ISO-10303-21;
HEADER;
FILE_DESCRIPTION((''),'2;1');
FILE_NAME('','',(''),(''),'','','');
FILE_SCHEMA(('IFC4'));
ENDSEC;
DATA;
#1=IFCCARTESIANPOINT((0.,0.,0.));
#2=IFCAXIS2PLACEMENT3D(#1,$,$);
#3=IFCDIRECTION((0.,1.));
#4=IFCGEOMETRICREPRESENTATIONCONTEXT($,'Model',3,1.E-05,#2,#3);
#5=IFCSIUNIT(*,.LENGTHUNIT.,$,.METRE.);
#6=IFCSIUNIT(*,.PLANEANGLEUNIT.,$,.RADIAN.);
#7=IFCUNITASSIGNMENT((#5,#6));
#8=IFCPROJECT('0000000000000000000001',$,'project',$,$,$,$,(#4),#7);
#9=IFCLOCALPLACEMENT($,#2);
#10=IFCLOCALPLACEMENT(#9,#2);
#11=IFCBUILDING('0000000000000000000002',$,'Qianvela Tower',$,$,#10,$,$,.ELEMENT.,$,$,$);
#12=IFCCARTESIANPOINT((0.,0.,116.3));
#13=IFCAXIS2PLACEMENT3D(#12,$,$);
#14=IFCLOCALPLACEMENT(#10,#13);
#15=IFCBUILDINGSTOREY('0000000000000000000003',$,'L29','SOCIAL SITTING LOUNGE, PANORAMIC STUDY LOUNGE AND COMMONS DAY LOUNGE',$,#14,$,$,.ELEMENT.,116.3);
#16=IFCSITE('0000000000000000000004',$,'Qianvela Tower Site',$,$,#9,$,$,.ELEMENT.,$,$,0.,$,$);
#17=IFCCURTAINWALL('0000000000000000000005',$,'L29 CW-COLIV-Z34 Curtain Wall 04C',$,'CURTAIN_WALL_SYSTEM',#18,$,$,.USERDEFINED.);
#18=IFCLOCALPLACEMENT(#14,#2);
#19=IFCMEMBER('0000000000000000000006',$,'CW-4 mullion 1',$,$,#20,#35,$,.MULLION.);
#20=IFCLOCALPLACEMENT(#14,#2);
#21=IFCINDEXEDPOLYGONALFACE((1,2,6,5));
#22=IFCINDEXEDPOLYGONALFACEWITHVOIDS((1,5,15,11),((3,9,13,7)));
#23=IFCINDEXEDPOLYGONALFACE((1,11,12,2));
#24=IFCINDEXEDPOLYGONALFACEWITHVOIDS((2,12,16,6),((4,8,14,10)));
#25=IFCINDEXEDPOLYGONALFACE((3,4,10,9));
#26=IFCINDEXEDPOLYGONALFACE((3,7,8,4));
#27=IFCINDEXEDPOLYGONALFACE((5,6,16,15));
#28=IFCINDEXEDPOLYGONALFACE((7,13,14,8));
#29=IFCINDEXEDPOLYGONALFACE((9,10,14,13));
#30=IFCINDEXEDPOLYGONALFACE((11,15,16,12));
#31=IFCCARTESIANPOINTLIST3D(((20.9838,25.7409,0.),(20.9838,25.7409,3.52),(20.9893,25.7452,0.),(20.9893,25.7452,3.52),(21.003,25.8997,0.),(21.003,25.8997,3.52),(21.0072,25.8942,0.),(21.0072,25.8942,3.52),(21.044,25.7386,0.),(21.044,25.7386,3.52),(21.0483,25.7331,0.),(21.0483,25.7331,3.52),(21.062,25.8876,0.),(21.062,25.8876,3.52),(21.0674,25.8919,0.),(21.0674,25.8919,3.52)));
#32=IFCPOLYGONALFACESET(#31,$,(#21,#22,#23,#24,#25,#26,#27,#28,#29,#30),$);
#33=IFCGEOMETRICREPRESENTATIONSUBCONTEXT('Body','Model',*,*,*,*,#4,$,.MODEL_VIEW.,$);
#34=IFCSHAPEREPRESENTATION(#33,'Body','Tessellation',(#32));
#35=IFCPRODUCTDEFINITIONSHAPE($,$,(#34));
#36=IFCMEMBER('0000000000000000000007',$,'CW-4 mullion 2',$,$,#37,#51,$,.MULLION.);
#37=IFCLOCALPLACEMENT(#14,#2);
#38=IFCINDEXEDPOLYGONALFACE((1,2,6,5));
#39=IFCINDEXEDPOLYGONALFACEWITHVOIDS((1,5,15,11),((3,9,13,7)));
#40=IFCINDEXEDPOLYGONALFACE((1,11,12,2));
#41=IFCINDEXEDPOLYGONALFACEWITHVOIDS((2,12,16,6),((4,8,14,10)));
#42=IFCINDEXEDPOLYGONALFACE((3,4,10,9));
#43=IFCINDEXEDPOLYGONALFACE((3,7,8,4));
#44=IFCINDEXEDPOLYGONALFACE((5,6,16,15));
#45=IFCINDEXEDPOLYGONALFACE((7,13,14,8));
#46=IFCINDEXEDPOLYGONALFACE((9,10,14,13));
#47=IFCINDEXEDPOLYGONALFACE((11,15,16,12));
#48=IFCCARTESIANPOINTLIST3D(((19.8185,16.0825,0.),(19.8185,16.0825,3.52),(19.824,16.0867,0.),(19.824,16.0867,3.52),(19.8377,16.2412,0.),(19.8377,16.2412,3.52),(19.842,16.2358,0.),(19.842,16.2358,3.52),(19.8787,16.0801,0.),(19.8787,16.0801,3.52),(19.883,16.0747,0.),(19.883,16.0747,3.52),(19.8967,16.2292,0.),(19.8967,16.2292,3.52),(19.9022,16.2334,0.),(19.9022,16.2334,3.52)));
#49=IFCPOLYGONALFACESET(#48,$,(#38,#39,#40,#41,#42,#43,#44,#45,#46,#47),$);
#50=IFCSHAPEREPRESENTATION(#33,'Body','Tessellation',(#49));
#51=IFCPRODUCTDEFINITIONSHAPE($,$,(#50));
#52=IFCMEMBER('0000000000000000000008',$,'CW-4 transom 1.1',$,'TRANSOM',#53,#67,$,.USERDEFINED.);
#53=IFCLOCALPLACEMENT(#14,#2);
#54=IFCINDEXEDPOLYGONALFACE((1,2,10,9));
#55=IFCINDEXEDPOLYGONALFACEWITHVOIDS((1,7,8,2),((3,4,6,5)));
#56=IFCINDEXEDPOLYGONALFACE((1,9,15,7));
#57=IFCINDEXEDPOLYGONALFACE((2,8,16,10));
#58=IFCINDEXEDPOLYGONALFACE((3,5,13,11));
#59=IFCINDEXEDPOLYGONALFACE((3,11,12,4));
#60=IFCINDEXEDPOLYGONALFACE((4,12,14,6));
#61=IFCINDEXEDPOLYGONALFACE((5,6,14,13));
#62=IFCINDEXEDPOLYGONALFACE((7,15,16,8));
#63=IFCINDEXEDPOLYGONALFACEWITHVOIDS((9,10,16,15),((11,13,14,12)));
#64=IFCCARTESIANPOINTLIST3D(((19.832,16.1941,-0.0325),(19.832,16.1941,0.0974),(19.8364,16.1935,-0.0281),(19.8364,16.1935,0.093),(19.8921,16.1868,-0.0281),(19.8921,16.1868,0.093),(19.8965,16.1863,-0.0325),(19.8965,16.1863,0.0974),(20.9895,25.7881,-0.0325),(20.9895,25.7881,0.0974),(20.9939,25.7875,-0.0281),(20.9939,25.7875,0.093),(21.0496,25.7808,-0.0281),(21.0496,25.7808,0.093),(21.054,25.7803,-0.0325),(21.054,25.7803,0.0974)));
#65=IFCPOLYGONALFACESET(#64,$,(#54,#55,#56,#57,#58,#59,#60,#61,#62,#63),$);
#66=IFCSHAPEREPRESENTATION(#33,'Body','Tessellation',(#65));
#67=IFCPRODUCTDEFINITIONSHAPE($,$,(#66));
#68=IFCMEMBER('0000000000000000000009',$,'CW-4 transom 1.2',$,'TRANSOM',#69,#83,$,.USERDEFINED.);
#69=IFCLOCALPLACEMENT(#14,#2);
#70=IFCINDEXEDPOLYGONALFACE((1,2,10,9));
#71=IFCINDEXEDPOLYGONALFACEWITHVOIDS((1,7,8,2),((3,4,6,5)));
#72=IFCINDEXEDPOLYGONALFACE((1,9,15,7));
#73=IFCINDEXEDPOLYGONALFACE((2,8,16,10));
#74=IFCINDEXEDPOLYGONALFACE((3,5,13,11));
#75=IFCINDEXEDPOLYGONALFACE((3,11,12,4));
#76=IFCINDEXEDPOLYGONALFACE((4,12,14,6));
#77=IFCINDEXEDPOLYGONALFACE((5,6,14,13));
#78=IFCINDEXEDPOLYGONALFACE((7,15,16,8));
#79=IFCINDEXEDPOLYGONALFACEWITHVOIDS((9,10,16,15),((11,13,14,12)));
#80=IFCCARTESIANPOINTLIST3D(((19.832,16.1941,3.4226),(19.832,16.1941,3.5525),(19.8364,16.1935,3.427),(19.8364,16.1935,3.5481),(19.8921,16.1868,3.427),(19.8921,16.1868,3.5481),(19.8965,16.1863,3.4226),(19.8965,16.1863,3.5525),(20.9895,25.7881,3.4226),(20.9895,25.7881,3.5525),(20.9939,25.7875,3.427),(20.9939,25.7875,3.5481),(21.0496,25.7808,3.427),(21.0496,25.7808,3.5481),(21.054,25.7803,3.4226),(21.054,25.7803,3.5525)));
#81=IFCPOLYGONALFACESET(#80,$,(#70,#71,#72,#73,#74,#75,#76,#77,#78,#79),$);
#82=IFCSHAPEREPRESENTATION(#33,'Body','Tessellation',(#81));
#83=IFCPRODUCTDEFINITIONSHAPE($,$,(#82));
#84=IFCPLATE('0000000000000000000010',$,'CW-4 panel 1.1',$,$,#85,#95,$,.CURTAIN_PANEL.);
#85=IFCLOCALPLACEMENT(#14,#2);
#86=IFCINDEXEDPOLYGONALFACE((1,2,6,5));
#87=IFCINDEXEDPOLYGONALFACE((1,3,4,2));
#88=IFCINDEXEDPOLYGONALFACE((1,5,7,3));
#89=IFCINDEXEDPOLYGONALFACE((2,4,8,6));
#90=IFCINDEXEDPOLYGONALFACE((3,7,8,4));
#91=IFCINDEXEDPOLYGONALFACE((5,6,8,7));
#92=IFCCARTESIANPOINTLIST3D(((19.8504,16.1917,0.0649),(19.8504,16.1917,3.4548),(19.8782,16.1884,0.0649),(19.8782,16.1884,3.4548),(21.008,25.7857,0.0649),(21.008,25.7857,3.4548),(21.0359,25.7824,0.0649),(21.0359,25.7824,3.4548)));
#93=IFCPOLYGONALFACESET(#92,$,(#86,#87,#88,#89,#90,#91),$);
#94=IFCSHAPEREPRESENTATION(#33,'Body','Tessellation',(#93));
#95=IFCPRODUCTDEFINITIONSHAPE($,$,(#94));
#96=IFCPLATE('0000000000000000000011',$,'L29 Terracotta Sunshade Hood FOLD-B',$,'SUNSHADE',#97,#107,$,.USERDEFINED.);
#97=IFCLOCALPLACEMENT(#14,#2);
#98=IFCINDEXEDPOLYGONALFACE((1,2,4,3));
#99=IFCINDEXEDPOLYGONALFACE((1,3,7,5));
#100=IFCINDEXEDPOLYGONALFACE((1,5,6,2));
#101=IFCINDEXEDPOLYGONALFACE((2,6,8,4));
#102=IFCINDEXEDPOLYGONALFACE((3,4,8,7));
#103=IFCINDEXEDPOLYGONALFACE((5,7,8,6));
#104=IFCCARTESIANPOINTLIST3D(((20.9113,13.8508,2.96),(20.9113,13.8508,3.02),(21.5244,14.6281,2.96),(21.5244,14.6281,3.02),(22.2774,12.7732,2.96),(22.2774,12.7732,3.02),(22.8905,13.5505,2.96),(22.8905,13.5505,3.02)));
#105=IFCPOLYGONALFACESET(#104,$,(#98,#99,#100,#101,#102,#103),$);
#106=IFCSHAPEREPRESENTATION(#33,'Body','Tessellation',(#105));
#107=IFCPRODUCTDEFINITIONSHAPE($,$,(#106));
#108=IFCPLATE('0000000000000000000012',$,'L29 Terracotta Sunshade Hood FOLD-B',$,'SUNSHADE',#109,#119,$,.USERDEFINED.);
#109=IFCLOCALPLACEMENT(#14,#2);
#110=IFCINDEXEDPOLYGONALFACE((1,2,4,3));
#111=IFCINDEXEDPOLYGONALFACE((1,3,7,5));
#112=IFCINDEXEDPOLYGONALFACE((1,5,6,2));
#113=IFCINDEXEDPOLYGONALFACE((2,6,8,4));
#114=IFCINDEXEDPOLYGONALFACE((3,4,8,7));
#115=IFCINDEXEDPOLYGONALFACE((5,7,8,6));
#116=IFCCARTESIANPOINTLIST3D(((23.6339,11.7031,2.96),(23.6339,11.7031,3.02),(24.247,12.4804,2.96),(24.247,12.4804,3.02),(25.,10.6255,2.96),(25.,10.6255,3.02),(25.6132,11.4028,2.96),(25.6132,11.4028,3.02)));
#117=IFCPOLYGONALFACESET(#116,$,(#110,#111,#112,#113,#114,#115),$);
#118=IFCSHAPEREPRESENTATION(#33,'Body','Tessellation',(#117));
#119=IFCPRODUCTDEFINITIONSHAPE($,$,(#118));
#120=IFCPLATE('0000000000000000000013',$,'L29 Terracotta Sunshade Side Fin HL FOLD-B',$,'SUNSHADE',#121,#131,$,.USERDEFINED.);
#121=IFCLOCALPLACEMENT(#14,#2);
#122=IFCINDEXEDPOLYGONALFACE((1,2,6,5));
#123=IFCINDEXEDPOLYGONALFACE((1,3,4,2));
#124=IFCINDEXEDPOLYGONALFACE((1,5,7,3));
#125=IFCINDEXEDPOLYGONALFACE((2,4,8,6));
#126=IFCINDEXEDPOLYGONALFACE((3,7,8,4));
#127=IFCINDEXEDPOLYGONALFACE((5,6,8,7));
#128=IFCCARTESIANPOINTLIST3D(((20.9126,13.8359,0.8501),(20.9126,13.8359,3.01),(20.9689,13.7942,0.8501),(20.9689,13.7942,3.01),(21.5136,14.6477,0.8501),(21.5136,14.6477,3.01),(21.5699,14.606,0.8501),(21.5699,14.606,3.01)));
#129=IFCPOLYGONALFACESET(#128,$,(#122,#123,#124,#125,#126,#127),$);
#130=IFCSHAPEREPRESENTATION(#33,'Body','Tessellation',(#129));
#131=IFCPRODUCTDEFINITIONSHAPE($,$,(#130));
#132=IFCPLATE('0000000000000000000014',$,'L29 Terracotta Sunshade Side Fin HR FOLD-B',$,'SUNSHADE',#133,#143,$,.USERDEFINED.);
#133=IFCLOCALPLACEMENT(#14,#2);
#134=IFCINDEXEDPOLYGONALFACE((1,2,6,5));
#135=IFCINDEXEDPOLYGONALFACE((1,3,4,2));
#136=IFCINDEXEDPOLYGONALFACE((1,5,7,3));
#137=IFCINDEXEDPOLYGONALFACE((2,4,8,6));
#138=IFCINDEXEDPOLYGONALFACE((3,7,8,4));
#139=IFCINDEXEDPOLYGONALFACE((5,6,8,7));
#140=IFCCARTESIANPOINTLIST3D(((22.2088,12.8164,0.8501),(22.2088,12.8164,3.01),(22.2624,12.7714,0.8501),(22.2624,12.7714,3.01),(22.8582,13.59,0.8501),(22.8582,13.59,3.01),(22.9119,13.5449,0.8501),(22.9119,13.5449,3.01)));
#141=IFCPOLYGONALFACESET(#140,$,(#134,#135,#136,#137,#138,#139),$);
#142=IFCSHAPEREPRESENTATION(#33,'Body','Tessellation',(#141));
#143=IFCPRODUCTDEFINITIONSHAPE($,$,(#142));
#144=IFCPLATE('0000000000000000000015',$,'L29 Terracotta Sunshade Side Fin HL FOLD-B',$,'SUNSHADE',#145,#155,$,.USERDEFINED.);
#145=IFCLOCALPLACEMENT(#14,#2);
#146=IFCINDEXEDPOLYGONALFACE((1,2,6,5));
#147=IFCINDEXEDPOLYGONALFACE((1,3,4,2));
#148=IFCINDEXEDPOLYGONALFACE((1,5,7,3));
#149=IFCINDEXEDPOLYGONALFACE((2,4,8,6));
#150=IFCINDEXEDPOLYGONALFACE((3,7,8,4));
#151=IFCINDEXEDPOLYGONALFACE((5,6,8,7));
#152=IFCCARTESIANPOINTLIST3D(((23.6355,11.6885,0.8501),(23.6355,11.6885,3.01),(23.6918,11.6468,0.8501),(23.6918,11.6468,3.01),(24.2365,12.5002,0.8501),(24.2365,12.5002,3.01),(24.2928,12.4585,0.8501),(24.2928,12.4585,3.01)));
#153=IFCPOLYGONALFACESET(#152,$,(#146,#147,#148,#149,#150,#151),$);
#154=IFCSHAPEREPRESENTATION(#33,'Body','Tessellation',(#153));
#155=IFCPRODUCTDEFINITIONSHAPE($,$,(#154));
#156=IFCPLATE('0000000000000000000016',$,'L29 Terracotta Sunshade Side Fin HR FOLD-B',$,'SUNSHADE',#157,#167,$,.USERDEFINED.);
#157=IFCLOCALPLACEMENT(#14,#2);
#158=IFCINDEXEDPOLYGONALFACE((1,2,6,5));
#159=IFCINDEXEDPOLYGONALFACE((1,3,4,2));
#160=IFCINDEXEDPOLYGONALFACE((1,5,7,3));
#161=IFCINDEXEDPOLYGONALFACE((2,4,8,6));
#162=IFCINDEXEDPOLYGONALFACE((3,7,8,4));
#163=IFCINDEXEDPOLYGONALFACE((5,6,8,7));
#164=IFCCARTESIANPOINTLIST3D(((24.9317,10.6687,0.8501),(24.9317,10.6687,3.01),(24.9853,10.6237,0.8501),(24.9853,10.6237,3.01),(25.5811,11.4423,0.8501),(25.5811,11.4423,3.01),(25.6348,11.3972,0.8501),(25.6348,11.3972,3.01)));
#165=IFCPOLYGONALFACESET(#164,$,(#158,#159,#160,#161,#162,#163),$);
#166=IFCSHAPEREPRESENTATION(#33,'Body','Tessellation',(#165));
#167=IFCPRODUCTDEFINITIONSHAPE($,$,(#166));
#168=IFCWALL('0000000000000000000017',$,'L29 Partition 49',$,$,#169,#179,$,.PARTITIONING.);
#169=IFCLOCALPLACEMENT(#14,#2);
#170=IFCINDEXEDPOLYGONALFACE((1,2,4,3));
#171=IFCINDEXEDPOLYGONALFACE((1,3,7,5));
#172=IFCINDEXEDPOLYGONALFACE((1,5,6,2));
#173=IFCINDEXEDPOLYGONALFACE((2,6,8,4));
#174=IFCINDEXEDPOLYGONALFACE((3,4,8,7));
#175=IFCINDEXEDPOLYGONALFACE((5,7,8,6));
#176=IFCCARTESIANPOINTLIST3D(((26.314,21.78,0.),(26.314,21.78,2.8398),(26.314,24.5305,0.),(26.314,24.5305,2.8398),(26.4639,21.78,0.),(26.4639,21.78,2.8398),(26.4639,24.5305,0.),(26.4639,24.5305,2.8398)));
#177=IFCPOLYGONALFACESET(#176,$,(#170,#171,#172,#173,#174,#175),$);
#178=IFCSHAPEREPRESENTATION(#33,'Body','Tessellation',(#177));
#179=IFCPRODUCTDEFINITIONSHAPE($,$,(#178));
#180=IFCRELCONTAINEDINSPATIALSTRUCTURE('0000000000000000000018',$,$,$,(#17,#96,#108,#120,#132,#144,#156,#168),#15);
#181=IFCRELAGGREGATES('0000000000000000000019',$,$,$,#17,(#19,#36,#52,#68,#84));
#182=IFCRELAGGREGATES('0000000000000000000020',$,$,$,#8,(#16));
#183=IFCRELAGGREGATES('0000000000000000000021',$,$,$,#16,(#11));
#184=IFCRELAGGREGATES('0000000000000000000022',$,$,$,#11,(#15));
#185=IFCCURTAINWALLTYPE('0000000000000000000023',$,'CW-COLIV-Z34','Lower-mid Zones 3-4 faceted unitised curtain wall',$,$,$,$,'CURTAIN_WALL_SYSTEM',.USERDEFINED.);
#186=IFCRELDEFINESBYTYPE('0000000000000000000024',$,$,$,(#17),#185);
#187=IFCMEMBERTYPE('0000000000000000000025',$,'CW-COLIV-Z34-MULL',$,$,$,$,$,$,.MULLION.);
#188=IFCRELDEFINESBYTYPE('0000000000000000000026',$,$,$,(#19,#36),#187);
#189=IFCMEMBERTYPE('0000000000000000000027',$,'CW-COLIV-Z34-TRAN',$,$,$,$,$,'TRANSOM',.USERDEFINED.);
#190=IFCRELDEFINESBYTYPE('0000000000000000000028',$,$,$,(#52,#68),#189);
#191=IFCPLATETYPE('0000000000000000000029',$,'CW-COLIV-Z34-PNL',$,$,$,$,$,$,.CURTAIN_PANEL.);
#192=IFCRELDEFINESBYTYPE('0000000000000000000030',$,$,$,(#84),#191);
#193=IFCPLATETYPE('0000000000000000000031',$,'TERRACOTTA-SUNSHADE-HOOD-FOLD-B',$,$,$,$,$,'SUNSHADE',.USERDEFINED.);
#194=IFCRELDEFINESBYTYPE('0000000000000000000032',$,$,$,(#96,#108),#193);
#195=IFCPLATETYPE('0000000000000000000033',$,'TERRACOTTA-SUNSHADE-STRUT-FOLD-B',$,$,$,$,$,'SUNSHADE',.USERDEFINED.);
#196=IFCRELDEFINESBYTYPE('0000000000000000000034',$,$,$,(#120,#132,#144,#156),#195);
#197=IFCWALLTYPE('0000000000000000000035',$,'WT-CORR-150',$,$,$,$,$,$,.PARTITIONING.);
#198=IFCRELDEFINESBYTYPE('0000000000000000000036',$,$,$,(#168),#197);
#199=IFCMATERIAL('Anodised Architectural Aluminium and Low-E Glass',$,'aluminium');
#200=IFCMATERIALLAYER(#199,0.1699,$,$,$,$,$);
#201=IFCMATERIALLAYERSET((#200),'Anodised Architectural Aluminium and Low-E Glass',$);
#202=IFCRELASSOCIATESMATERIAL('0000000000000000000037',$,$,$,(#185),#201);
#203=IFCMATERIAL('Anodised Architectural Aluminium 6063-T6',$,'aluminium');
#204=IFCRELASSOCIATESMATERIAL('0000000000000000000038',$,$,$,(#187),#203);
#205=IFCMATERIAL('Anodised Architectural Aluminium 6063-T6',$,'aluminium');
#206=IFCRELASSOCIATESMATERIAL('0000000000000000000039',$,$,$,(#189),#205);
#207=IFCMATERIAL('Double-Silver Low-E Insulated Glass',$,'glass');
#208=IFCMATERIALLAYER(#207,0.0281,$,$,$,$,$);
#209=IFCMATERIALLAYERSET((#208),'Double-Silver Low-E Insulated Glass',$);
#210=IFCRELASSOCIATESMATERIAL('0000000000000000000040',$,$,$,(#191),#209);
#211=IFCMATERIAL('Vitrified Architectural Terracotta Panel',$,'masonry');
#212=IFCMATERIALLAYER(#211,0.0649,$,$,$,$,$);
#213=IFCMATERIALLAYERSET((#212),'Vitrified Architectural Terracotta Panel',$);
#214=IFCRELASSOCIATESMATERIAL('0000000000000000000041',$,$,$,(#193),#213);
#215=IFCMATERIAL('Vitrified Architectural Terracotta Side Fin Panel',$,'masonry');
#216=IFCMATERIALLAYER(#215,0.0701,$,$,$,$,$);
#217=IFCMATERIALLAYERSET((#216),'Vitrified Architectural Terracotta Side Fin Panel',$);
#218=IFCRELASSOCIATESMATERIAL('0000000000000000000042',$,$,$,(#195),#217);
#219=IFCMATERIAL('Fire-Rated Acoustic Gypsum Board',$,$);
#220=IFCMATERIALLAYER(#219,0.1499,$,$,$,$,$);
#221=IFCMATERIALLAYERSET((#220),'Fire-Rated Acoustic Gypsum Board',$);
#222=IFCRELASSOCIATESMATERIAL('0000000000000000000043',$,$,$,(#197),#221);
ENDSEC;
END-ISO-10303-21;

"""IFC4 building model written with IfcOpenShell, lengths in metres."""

from ifc_helpers import new_model, si_unit, direction, frame, frame_2d, origin, origin_2d, place, context, subcontext, project, spatial, rectangle, hollow_rectangle, extrude, material, layer, layer_set, material_profile, profile_set, type_object, element, aggregate, save


model = new_model("IFC4")

# Units and contexts
model_context = context("Model", 3, precision=1e-05, world=origin(), true_north=direction((0.0, 1.0)))
body_context = subcontext(model_context, "Body", "Model", "MODEL_VIEW")
ifc_project = project(units=[si_unit("LENGTHUNIT", "METRE"), si_unit("PLANEANGLEUNIT", "RADIAN")], contexts=[model_context])

# Site, building, storey
site_placement = place(None, origin())
site = spatial("IfcSite", under=ifc_project, at=site_placement, Name="Qianvela Tower Site", CompositionType="ELEMENT", RefElevation=0.0)
building_placement = place(site_placement, origin())
building = spatial("IfcBuilding", under=site, at=building_placement, Name="Qianvela Tower", CompositionType="ELEMENT")
storey_placement = place(building_placement, frame((0.0, 0.0, 116.3)))
storey = spatial("IfcBuildingStorey", under=building, at=storey_placement, Name="L29", Description="SOCIAL SITTING LOUNGE, PANORAMIC STUDY LOUNGE AND COMMONS DAY LOUNGE", CompositionType="ELEMENT", Elevation=116.3)

# Curtain wall, members, plate
ifc_material_1 = material(Name="Anodised Architectural Aluminium and Low-E Glass", Category="aluminium")
ifc_layer_1 = layer(ifc_material_1, 0.1699)
ifc_layer_set_1 = layer_set([ifc_layer_1], Name="Anodised Architectural Aluminium and Low-E Glass")
curtain_wall_type = type_object("IfcCurtainWallType", Name="CW-COLIV-Z34", Description="Lower-mid Zones 3-4 faceted unitised curtain wall", ElementType="CURTAIN_WALL_SYSTEM", PredefinedType="USERDEFINED", material=ifc_layer_set_1)
curtain_wall_placement = place(storey_placement, origin())
curtain_wall = element("IfcCurtainWall", 1, at=curtain_wall_placement, inside=storey, type_object=curtain_wall_type, Name="L29 CW-COLIV-Z34 Curtain Wall 04C", ObjectType="CURTAIN_WALL_SYSTEM", PredefinedType="USERDEFINED")
ifc_material_2 = material(Name="Anodised Architectural Aluminium 6063-T6", Category="aluminium")
ifc_material_profile_1 = material_profile(ifc_material_2, hollow_rectangle(XDim=0.0649, YDim=0.1599, WallThickness=0.0049, at=origin_2d()), Name="ALU-MULL-65x160")
ifc_profile_set_1 = profile_set([ifc_material_profile_1], Name="Anodised Architectural Aluminium 6063-T6")
member_type_1 = type_object("IfcMemberType", Name="CW-COLIV-Z34-MULL", PredefinedType="MULLION", material=ifc_profile_set_1)
member_1_placement = place(storey_placement, frame((21.0256, 25.8164, 0.0), z_axis=(0.0, 0.0, 1.0), x_axis=(0.992799, -0.119792, 0.0)))
member_1 = element("IfcMember", 2, at=member_1_placement, type_object=member_type_1, Name="CW-4 mullion 1", PredefinedType="MULLION", context=body_context, shape_type="SweptSolid", body=[
    extrude(hollow_rectangle(XDim=0.0649, YDim=0.1599, WallThickness=0.0049, at=origin_2d()), origin(), (0.0, 0.0, 1.0), 3.52),
])
member_2_placement = place(storey_placement, frame((19.8604, 16.158, 0.0), z_axis=(0.0, 0.0, 1.0), x_axis=(0.992799, -0.119792, 0.0)))
member_2 = element("IfcMember", 3, at=member_2_placement, type_object=member_type_1, Name="CW-4 mullion 2", PredefinedType="MULLION", context=body_context, shape_type="SweptSolid", body=[
    extrude(hollow_rectangle(XDim=0.0649, YDim=0.1599, WallThickness=0.0049, at=origin_2d()), origin(), (0.0, 0.0, 1.0), 3.52),
])
ifc_material_3 = material(Name="Anodised Architectural Aluminium 6063-T6", Category="aluminium")
ifc_material_profile_2 = material_profile(ifc_material_3, hollow_rectangle(XDim=0.0649, YDim=0.1299, WallThickness=0.0044, at=origin_2d()), Name="ALU-TRAN-65x130")
ifc_profile_set_2 = profile_set([ifc_material_profile_2], Name="Anodised Architectural Aluminium 6063-T6")
member_type_2 = type_object("IfcMemberType", Name="CW-COLIV-Z34-TRAN", ElementType="TRANSOM", PredefinedType="USERDEFINED", material=ifc_profile_set_2)
member_3_placement = place(storey_placement, frame((21.0217, 25.7842, 0.0325), z_axis=(-0.119777, -0.992801, 0.0), x_axis=(0.992801, -0.119777, 0.0)))
member_3 = element("IfcMember", 4, at=member_3_placement, type_object=member_type_2, Name="CW-4 transom 1.1", ObjectType="TRANSOM", PredefinedType="USERDEFINED", context=body_context, shape_type="SweptSolid", body=[
    extrude(hollow_rectangle(XDim=0.0649, YDim=0.1299, WallThickness=0.0044, at=origin_2d()), origin(), (0.0, 0.0, 1.0), 9.6636),
])
member_4_placement = place(storey_placement, frame((21.0217, 25.7842, 3.4875), z_axis=(-0.119777, -0.992801, 0.0), x_axis=(0.992801, -0.119777, 0.0)))
member_4 = element("IfcMember", 5, at=member_4_placement, type_object=member_type_2, Name="CW-4 transom 1.2", ObjectType="TRANSOM", PredefinedType="USERDEFINED", context=body_context, shape_type="SweptSolid", body=[
    extrude(hollow_rectangle(XDim=0.0649, YDim=0.1299, WallThickness=0.0044, at=origin_2d()), origin(), (0.0, 0.0, 1.0), 9.6636),
])
ifc_material_4 = material(Name="Double-Silver Low-E Insulated Glass", Category="glass")
ifc_layer_2 = layer(ifc_material_4, 0.0281)
ifc_layer_set_2 = layer_set([ifc_layer_2], Name="Double-Silver Low-E Insulated Glass")
plate_type_1 = type_object("IfcPlateType", Name="CW-COLIV-Z34-PNL", PredefinedType="CURTAIN_PANEL", material=ifc_layer_set_2)
plate_placement = place(storey_placement, frame((20.4431, 20.9871, 0.0649), z_axis=(0.0, 0.0, 1.0), x_axis=(-0.119792, -0.992799, 0.0)))
plate = element("IfcPlate", 6, at=plate_placement, type_object=plate_type_1, Name="CW-4 panel 1.1", PredefinedType="CURTAIN_PANEL", context=body_context, shape_type="SweptSolid", body=[
    extrude(rectangle(XDim=9.6636, YDim=0.0281, at=origin_2d()), origin(), (0.0, 0.0, 1.0), 3.3899),
])
aggregate(curtain_wall, [member_1, member_2, member_3, member_4, plate])

# Plates
ifc_material_5 = material(Name="Vitrified Architectural Terracotta Panel", Category="masonry")
ifc_layer_3 = layer(ifc_material_5, 0.0649)
ifc_layer_set_3 = layer_set([ifc_layer_3], Name="Vitrified Architectural Terracotta Panel")
plate_type_2 = type_object("IfcPlateType", Name="TERRACOTTA-SUNSHADE-HOOD-FOLD-B", ElementType="SUNSHADE", PredefinedType="USERDEFINED", material=ifc_layer_set_3)
for number, where, z_axis, x_axis, name in (
    (7, (21.9009, 13.7007, 2.96), (0.0, 0.0, 1.0), (0.785143, -0.619315, 0.0), "L29 Terracotta Sunshade Hood FOLD-B"),
    (8, (24.6235, 11.553, 2.96), (0.0, 0.0, 1.0), (0.785143, -0.619315, 0.0), "L29 Terracotta Sunshade Hood FOLD-B"),
):
    element("IfcPlate", number, at=place(storey_placement, frame(where, z_axis=z_axis, x_axis=x_axis)), inside=storey, type_object=plate_type_2, Name=name, ObjectType="SUNSHADE", PredefinedType="USERDEFINED", context=body_context, shape_type="SweptSolid", body=[
        extrude(rectangle(XDim=1.74, YDim=0.99, at=origin_2d()), origin(), (0.0, 0.0, 1.0), 0.0601),
    ])
ifc_material_6 = material(Name="Vitrified Architectural Terracotta Side Fin Panel", Category="masonry")
ifc_layer_4 = layer(ifc_material_6, 0.0701)
ifc_layer_set_4 = layer_set([ifc_layer_4], Name="Vitrified Architectural Terracotta Side Fin Panel")
plate_type_3 = type_object("IfcPlateType", Name="TERRACOTTA-SUNSHADE-STRUT-FOLD-B", ElementType="SUNSHADE", PredefinedType="USERDEFINED", material=ifc_layer_set_4)
for number, where, z_axis, x_axis, name in (
    (9, (21.2412, 14.2209, 0.8501), (0.0, 0.0, 1.0), (0.80369, -0.595049, 0.0), "L29 Terracotta Sunshade Side Fin HL FOLD-B"),
    (10, (22.5603, 13.1807, 0.8501), (0.0, 0.0, 1.0), (0.765864, -0.643003, 0.0), "L29 Terracotta Sunshade Side Fin HR FOLD-B"),
    (11, (23.9641, 12.0735, 0.8501), (0.0, 0.0, 1.0), (0.80369, -0.595049, 0.0), "L29 Terracotta Sunshade Side Fin HL FOLD-B"),
    (12, (25.2832, 11.033, 0.8501), (0.0, 0.0, 1.0), (0.765864, -0.643003, 0.0), "L29 Terracotta Sunshade Side Fin HR FOLD-B"),
):
    element("IfcPlate", number, at=place(storey_placement, frame(where, z_axis=z_axis, x_axis=x_axis)), inside=storey, type_object=plate_type_3, Name=name, ObjectType="SUNSHADE", PredefinedType="USERDEFINED", context=body_context, shape_type="SweptSolid", body=[
        extrude(rectangle(XDim=0.0701, YDim=1.01, at=origin_2d()), origin(), (0.0, 0.0, 1.0), 2.1599),
    ])

# Wall
ifc_material_7 = material(Name="Fire-Rated Acoustic Gypsum Board")
ifc_layer_5 = layer(ifc_material_7, 0.1499)
ifc_layer_set_5 = layer_set([ifc_layer_5], Name="Fire-Rated Acoustic Gypsum Board")
wall_type_1 = type_object("IfcWallType", Name="WT-CORR-150", PredefinedType="PARTITIONING", material=ifc_layer_set_5)
wall_1_placement = place(storey_placement, frame((26.3889, 24.5305, 0.0), z_axis=(0.0, 0.0, 1.0), x_axis=(0.0, -1.0, 0.0)))
element("IfcWall", 13, at=wall_1_placement, inside=storey, type_object=wall_type_1, Name="L29 Partition 49", PredefinedType="PARTITIONING", context=body_context, shape_type="SweptSolid", body=[
    extrude(rectangle(XDim=2.7505, YDim=0.1499, at=frame_2d((1.3752, 0.0))), origin(), (0.0, 0.0, 1.0), 2.8398),
])

save(model, "model.ifc")
